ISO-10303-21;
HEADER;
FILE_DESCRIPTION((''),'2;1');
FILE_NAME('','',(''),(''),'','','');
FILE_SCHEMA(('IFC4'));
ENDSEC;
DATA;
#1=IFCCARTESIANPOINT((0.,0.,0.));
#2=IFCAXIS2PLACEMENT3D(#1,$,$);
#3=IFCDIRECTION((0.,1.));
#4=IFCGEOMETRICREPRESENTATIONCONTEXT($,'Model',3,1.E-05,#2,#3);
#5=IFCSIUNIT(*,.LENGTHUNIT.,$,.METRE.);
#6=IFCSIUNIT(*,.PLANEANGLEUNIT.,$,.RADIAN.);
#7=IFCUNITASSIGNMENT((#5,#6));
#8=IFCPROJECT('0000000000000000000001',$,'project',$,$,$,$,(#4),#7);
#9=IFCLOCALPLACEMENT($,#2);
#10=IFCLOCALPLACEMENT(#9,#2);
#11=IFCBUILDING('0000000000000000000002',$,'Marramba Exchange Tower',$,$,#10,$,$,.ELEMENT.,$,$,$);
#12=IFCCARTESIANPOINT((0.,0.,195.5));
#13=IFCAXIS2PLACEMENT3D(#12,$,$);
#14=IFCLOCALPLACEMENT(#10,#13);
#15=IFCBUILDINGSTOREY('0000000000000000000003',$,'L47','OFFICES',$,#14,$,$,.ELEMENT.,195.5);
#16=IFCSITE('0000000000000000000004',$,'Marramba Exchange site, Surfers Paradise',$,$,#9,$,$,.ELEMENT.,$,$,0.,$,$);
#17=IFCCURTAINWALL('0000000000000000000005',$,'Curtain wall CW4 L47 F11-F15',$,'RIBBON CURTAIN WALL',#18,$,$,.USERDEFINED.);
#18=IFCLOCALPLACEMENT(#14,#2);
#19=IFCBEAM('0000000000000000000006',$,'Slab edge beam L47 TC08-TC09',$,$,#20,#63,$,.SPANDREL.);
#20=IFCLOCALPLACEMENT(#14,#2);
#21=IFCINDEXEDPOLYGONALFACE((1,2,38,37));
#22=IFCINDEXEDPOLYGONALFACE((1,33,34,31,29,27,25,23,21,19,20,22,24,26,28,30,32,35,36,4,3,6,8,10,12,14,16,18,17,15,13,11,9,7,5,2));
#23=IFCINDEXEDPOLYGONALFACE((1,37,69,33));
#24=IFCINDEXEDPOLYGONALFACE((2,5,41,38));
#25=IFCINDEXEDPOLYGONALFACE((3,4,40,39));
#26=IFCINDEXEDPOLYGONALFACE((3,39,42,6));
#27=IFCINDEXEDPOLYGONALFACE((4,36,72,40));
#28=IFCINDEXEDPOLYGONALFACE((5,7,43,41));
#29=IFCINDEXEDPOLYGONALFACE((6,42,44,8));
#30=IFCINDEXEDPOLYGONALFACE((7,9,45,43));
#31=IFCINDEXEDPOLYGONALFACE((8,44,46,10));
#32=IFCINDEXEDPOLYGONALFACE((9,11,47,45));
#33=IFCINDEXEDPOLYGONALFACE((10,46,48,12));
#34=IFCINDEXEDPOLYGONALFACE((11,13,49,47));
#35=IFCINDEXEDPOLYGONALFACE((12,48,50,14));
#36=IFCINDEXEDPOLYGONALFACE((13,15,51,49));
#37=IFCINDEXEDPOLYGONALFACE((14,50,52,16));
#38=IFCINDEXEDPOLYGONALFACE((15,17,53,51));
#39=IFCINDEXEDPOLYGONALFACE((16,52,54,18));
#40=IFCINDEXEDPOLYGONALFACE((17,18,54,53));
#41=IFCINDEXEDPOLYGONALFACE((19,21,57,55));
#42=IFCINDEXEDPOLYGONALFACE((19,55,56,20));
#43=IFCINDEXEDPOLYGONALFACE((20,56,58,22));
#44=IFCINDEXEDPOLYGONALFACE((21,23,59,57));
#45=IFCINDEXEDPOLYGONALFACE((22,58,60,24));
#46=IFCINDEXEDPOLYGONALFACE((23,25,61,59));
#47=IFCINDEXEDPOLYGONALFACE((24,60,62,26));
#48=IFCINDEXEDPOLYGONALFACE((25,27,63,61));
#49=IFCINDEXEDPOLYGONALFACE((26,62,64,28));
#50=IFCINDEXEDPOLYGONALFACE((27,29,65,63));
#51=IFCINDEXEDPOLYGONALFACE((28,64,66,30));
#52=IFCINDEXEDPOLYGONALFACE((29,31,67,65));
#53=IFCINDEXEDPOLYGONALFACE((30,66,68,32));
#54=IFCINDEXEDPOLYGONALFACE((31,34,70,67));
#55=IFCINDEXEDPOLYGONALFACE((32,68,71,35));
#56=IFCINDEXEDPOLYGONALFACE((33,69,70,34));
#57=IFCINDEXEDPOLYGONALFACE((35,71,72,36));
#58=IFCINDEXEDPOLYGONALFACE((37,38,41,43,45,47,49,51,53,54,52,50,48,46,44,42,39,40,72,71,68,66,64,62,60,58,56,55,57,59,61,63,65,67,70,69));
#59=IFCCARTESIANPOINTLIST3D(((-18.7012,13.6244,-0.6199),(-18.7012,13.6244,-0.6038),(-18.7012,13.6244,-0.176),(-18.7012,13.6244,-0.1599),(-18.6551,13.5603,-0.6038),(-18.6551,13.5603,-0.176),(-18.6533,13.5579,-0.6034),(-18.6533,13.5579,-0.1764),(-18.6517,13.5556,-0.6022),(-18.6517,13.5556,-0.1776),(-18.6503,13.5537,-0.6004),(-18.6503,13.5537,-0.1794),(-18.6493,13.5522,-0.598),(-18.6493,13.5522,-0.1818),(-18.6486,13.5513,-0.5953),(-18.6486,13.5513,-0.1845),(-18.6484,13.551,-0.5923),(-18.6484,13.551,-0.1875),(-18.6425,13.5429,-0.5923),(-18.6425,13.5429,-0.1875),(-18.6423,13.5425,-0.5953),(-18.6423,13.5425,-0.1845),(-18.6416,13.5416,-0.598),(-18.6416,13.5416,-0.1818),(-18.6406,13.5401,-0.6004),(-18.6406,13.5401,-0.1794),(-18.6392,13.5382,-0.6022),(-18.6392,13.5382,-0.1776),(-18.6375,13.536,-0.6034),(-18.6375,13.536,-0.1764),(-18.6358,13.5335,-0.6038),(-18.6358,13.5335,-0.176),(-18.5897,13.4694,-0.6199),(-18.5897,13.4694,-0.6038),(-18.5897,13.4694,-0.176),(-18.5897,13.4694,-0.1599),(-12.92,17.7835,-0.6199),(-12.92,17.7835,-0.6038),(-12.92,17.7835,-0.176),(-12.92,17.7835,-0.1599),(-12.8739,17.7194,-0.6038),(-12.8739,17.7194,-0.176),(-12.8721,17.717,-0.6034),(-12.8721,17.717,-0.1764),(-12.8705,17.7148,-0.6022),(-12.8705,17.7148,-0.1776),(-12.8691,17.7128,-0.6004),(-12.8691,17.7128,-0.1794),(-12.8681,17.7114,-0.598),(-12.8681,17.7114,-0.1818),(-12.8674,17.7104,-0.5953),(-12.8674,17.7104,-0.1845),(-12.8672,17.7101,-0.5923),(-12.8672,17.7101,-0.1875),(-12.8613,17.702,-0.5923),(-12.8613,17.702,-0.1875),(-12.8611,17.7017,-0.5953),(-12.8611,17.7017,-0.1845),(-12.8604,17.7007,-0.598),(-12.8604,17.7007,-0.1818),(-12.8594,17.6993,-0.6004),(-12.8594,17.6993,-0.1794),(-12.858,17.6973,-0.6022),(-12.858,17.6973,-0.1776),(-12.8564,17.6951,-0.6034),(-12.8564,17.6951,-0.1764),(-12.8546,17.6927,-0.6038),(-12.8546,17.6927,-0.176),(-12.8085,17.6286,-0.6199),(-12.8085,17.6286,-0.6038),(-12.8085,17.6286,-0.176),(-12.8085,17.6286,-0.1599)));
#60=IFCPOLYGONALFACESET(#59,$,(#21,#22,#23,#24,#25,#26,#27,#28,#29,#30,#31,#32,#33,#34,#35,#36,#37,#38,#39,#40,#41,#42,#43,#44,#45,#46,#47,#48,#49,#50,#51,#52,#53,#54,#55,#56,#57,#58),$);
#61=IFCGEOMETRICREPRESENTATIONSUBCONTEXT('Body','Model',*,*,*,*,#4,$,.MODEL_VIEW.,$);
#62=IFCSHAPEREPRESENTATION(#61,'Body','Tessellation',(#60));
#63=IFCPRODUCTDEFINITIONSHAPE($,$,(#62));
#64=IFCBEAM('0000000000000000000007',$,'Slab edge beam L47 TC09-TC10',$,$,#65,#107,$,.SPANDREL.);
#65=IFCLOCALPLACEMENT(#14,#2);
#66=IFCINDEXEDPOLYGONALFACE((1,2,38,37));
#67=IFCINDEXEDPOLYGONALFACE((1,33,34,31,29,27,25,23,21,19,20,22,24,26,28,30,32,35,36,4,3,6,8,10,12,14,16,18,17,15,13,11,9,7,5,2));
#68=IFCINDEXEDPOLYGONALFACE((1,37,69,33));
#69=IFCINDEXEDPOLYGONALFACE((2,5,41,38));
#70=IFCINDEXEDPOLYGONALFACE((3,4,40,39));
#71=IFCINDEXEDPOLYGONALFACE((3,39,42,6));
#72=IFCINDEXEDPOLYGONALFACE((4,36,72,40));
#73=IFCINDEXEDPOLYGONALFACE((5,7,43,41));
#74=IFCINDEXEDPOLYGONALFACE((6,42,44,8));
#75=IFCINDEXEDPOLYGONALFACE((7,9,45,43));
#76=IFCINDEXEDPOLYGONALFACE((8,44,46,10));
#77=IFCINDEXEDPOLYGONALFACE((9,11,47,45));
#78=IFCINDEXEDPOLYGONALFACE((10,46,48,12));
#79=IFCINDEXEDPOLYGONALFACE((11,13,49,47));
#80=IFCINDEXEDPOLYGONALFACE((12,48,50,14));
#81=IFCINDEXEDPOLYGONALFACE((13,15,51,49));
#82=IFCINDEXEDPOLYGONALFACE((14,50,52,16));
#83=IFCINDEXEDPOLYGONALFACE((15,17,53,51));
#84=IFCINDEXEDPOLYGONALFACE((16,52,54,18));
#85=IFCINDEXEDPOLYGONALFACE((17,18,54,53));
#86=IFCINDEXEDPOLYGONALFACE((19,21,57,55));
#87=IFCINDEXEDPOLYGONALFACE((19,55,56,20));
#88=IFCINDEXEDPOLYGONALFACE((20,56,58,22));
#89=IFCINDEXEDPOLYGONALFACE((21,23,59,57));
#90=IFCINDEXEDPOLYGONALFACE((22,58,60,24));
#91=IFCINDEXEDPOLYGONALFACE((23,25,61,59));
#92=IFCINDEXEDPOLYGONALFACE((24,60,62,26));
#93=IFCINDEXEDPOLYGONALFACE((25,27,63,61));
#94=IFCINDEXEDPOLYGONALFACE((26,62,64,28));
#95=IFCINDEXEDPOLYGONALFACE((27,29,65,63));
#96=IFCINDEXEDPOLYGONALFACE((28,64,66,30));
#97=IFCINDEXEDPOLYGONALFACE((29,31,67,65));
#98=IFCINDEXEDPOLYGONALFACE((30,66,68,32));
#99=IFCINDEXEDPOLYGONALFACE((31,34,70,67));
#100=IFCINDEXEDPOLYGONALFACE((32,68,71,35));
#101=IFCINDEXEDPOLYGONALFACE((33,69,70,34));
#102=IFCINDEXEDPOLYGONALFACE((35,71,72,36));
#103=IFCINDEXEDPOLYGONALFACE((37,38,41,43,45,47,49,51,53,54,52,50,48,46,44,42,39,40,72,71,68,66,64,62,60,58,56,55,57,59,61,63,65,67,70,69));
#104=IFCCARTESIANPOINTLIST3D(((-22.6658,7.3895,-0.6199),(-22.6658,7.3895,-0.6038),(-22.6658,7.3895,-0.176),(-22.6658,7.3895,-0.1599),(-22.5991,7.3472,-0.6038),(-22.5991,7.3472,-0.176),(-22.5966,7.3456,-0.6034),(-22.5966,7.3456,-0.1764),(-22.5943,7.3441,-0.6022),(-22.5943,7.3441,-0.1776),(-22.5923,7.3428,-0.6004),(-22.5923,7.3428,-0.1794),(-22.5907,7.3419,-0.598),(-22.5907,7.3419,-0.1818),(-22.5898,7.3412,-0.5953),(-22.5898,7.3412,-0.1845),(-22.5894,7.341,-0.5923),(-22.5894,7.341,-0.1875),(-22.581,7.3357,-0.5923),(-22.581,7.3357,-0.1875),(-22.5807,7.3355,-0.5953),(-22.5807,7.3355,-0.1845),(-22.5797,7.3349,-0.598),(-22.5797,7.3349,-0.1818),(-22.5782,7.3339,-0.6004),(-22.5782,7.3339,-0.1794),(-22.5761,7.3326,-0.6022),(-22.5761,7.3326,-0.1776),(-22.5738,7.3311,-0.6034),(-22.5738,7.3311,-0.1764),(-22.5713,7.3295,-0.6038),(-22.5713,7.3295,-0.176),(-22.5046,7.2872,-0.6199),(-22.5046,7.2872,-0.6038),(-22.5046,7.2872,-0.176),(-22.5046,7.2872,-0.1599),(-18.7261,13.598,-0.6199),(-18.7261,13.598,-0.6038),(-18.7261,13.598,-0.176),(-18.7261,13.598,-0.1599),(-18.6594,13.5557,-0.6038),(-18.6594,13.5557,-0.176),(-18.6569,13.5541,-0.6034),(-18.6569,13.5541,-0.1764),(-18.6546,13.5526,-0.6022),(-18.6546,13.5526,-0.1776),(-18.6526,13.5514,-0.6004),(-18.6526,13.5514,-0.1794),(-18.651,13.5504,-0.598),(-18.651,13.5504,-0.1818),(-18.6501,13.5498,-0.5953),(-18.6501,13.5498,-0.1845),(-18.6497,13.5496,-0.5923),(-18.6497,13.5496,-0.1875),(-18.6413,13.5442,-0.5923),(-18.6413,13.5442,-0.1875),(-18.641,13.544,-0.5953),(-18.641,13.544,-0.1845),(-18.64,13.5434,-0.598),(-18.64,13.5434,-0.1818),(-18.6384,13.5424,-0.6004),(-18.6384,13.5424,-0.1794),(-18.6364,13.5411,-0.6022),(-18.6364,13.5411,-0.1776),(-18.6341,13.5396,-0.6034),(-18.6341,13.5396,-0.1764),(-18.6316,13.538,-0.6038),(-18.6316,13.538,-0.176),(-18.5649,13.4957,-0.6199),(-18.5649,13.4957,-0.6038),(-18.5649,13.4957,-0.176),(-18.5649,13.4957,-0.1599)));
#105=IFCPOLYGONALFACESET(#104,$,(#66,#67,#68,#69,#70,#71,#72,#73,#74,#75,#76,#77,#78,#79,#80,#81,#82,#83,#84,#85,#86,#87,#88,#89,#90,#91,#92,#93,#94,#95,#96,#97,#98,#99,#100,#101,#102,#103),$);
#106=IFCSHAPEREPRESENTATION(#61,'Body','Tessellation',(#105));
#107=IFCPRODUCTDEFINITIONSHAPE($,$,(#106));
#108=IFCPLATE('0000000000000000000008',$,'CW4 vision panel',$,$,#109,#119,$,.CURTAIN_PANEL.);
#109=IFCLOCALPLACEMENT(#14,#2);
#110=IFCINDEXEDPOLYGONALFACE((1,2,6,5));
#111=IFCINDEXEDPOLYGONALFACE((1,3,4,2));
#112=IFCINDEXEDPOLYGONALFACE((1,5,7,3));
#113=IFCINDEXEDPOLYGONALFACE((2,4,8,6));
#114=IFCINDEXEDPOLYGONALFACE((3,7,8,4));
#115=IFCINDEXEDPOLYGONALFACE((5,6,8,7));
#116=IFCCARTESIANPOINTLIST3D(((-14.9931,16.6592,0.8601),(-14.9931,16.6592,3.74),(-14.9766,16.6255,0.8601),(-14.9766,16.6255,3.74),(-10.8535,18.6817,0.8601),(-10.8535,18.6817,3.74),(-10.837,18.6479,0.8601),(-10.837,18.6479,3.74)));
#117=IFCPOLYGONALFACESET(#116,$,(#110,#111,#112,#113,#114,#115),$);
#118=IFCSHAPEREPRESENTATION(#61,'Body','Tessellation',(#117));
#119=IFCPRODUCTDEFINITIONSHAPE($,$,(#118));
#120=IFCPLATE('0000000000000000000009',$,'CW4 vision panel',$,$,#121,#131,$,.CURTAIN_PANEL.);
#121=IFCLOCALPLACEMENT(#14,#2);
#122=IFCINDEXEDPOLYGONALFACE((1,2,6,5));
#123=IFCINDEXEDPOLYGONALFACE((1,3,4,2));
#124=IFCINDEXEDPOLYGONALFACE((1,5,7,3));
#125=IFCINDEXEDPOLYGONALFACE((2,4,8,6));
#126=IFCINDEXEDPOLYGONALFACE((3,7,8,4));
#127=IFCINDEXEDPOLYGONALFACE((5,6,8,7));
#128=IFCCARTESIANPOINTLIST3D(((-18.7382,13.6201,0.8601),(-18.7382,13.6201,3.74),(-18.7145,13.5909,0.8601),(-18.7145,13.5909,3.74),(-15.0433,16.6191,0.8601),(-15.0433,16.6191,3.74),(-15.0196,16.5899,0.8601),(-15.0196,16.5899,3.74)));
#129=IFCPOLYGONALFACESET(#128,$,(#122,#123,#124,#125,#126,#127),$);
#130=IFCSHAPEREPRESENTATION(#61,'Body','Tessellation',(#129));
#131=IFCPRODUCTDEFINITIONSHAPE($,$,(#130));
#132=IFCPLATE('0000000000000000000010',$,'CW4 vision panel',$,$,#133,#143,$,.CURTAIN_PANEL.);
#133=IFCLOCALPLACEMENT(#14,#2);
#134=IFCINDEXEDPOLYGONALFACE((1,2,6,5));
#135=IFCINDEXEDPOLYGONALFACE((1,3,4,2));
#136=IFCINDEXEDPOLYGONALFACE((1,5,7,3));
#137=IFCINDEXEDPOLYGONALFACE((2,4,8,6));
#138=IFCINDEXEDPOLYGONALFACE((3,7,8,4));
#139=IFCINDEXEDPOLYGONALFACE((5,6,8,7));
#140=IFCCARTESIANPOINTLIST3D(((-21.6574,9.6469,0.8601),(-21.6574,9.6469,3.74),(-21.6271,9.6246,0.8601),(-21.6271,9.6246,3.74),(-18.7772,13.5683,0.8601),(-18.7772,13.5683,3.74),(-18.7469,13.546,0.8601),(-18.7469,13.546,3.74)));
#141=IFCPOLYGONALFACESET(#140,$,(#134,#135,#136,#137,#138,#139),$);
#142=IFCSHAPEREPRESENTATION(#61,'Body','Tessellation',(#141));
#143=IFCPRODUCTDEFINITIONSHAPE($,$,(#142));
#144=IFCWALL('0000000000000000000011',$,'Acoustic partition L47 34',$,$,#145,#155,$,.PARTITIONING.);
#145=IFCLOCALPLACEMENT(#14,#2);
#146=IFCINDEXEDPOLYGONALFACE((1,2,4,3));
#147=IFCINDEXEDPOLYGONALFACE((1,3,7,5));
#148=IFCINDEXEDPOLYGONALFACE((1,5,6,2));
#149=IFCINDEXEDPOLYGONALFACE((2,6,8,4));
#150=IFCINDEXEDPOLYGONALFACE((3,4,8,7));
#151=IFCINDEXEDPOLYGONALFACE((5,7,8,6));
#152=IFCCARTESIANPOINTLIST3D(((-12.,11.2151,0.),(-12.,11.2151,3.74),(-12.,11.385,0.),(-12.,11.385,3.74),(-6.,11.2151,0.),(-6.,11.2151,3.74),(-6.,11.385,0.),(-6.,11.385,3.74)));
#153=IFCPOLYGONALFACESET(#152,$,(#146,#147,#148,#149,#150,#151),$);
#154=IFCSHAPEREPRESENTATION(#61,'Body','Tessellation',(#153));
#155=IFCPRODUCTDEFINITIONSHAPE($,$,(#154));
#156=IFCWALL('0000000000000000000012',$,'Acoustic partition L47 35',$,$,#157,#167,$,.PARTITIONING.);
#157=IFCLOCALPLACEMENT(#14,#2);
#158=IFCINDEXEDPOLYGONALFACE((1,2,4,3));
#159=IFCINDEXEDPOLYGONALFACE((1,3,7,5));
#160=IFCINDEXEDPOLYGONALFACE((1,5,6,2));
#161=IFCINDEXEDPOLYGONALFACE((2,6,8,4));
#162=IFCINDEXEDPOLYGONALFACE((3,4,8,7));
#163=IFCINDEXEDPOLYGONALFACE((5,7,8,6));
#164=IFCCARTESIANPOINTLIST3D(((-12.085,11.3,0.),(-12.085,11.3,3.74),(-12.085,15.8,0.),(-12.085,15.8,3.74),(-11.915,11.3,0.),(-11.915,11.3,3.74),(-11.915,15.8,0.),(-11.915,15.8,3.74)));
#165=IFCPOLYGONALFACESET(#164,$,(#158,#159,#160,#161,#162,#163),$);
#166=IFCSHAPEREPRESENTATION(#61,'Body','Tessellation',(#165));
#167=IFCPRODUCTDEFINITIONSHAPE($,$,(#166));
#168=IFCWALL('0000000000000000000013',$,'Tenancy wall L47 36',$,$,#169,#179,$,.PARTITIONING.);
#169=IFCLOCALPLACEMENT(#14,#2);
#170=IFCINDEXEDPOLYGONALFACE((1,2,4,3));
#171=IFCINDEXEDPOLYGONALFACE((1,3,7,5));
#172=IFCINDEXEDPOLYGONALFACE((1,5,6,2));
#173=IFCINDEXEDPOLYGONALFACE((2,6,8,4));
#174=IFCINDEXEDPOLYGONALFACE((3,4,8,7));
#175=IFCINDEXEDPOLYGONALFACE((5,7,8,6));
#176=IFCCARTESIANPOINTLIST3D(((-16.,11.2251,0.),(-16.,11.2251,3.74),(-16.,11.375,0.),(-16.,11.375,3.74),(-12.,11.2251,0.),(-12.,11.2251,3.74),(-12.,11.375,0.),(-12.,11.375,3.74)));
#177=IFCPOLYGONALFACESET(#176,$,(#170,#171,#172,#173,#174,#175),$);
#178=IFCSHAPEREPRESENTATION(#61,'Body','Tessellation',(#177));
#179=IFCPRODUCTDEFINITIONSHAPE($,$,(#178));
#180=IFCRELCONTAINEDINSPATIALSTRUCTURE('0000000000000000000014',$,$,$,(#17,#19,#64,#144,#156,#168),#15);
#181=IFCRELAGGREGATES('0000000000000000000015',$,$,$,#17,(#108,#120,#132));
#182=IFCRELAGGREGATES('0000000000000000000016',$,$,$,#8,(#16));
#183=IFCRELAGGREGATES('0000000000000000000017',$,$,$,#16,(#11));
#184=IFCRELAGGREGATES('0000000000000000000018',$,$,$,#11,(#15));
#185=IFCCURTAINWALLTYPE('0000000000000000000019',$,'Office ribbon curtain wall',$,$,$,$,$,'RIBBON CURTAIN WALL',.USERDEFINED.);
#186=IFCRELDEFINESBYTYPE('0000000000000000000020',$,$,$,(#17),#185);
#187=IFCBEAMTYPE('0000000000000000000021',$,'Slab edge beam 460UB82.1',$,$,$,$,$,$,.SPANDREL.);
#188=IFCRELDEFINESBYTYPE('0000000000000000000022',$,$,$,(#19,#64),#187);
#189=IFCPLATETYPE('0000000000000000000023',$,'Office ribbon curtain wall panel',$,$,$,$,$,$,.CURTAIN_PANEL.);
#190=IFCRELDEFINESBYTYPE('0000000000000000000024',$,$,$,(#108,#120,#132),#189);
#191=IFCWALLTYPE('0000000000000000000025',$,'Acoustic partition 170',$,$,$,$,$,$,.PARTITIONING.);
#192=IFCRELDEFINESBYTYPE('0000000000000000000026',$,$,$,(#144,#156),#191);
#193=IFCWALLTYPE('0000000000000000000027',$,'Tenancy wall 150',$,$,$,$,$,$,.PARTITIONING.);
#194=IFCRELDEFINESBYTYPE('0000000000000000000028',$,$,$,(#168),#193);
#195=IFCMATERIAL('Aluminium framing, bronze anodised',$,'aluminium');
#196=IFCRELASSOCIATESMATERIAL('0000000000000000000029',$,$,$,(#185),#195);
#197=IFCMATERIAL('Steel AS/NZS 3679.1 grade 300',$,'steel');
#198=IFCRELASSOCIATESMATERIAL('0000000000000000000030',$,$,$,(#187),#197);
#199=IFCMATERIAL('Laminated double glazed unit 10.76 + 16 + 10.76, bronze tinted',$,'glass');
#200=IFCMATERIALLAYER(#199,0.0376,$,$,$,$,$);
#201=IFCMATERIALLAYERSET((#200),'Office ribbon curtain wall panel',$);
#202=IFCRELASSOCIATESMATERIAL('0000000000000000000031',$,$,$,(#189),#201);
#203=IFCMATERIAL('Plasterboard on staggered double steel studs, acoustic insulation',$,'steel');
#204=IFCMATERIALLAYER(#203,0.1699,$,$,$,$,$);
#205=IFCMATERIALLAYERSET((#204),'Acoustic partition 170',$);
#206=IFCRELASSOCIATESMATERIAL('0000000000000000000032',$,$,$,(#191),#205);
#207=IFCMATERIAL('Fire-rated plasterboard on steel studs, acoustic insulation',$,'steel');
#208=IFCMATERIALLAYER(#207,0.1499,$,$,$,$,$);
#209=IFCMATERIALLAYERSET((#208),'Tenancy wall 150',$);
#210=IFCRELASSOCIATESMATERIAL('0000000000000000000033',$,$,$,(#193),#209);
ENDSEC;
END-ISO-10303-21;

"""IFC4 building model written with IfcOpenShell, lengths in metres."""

from ifc_helpers import new_model, si_unit, direction, frame, frame_2d, origin, origin_2d, place, context, subcontext, project, spatial, rectangle, i_section, extrude, material, layer, layer_set, material_profile, profile_set, type_object, element, aggregate, save


model = new_model("IFC4")

# Units and contexts
model_context = context("Model", 3, precision=1e-05, world=origin(), true_north=direction((0.0, 1.0)))
body_context = subcontext(model_context, "Body", "Model", "MODEL_VIEW")
ifc_project = project(units=[si_unit("LENGTHUNIT", "METRE"), si_unit("PLANEANGLEUNIT", "RADIAN")], contexts=[model_context])

# Site, building, storey
site_placement = place(None, origin())
site = spatial("IfcSite", under=ifc_project, at=site_placement, Name="Marramba Exchange site, Surfers Paradise", CompositionType="ELEMENT", RefElevation=0.0)
building_placement = place(site_placement, origin())
building = spatial("IfcBuilding", under=site, at=building_placement, Name="Marramba Exchange Tower", CompositionType="ELEMENT")
storey_placement = place(building_placement, frame((0.0, 0.0, 195.5)))
storey = spatial("IfcBuildingStorey", under=building, at=storey_placement, Name="L47", Description="OFFICES", CompositionType="ELEMENT", Elevation=195.5)

# Shared definitions
ifc_material_1 = material(Name="Steel AS/NZS 3679.1 grade 300", Category="steel")

# Curtain wall
ifc_material_2 = material(Name="Aluminium framing, bronze anodised", Category="aluminium")
curtain_wall_type = type_object("IfcCurtainWallType", Name="Office ribbon curtain wall", ElementType="RIBBON CURTAIN WALL", PredefinedType="USERDEFINED", material=ifc_material_2)
curtain_wall_placement = place(storey_placement, origin())
curtain_wall = element("IfcCurtainWall", 1, at=curtain_wall_placement, inside=storey, type_object=curtain_wall_type, Name="Curtain wall CW4 L47 F11-F15", ObjectType="RIBBON CURTAIN WALL", PredefinedType="USERDEFINED")

# Beams
ifc_material_profile_1 = material_profile(ifc_material_1, i_section(OverallWidth=0.1909, OverallDepth=0.46, WebThickness=0.01, FlangeThickness=0.0161, FilletRadius=0.0115, at=origin_2d()), Name="460UB82.1")
ifc_profile_set_1 = profile_set([ifc_material_profile_1], Name="Steel AS/NZS 3679.1 grade 300")
beam_type_1 = type_object("IfcBeamType", Name="Slab edge beam 460UB82.1", PredefinedType="SPANDREL", material=ifc_profile_set_1)
beam_1_placement = place(storey_placement, frame((-12.8643, 17.7061, -0.3899), z_axis=(-0.811755, -0.583998, 0.0), x_axis=(0.583998, -0.811755, 0.0)))
element("IfcBeam", 2, at=beam_1_placement, inside=storey, type_object=beam_type_1, Name="Slab edge beam L47 TC08-TC09", PredefinedType="SPANDREL", context=body_context, shape_type="SweptSolid", body=[
    extrude(i_section(OverallWidth=0.1909, OverallDepth=0.46, WebThickness=0.01, FlangeThickness=0.0161, FilletRadius=0.0115, at=origin_2d()), origin(), (0.0, 0.0, 1.0), 7.1218),
])
beam_2_placement = place(storey_placement, frame((-18.6455, 13.5469, -0.3899), z_axis=(-0.535794, -0.844348, 0.0), x_axis=(0.844348, -0.535794, 0.0)))
element("IfcBeam", 3, at=beam_2_placement, inside=storey, type_object=beam_type_1, Name="Slab edge beam L47 TC09-TC10", PredefinedType="SPANDREL", context=body_context, shape_type="SweptSolid", body=[
    extrude(i_section(OverallWidth=0.1909, OverallDepth=0.46, WebThickness=0.01, FlangeThickness=0.0161, FilletRadius=0.0115, at=origin_2d()), origin(), (0.0, 0.0, 1.0), 7.353),
])

# Plates
ifc_material_3 = material(Name="Laminated double glazed unit 10.76 + 16 + 10.76, bronze tinted", Category="glass")
ifc_layer_1 = layer(ifc_material_3, 0.0376)
ifc_layer_set_1 = layer_set([ifc_layer_1], Name="Office ribbon curtain wall panel")
plate_type = type_object("IfcPlateType", Name="Office ribbon curtain wall panel", PredefinedType="CURTAIN_PANEL", material=ifc_layer_set_1)
plate_1_placement = place(storey_placement, frame((-12.915, 17.6536, 0.8601), z_axis=(0.0, 0.0, 1.0), x_axis=(-0.898501, -0.438972, 0.0)))
plate_1 = element("IfcPlate", 4, at=plate_1_placement, type_object=plate_type, Name="CW4 vision panel", PredefinedType="CURTAIN_PANEL", context=body_context, shape_type="SweptSolid", body=[
    extrude(rectangle(XDim=4.6072, YDim=0.0376, at=origin_2d()), origin(), (0.0, 0.0, 1.0), 2.8799),
])
plate_2_placement = place(storey_placement, frame((-16.8789, 15.105, 0.8601), z_axis=(0.0, 0.0, 1.0), x_axis=(-0.776432, -0.630201, 0.0)))
plate_2 = element("IfcPlate", 5, at=plate_2_placement, type_object=plate_type, Name="CW4 vision panel", PredefinedType="CURTAIN_PANEL", context=body_context, shape_type="SweptSolid", body=[
    extrude(rectangle(XDim=4.7588, YDim=0.0376, at=origin_2d()), origin(), (0.0, 0.0, 1.0), 2.8799),
])
plate_3_placement = place(storey_placement, frame((-20.2021, 11.5964, 0.8601), z_axis=(0.0, 0.0, 1.0), x_axis=(-0.591963, -0.805965, 0.0)))
plate_3 = element("IfcPlate", 6, at=plate_3_placement, type_object=plate_type, Name="CW4 vision panel", PredefinedType="CURTAIN_PANEL", context=body_context, shape_type="SweptSolid", body=[
    extrude(rectangle(XDim=4.8655, YDim=0.0376, at=origin_2d()), origin(), (0.0, 0.0, 1.0), 2.8799),
])
aggregate(curtain_wall, [plate_1, plate_2, plate_3])

# Walls
ifc_material_4 = material(Name="Plasterboard on staggered double steel studs, acoustic insulation", Category="steel")
ifc_layer_2 = layer(ifc_material_4, 0.1699)
ifc_layer_set_2 = layer_set([ifc_layer_2], Name="Acoustic partition 170")
wall_type_1 = type_object("IfcWallType", Name="Acoustic partition 170", PredefinedType="PARTITIONING", material=ifc_layer_set_2)
wall_1_placement = place(storey_placement, frame((-12.0, 11.3, 0.0), z_axis=(0.0, 0.0, 1.0), x_axis=(1.0, 0.0, 0.0)))
element("IfcWall", 7, at=wall_1_placement, inside=storey, type_object=wall_type_1, Name="Acoustic partition L47 34", PredefinedType="PARTITIONING", context=body_context, shape_type="SweptSolid", body=[
    extrude(rectangle(XDim=6.0, YDim=0.1699, at=frame_2d((3.0, 0.0))), origin(), (0.0, 0.0, 1.0), 3.74),
])
wall_2_placement = place(storey_placement, frame((-12.0, 15.8, 0.0), z_axis=(0.0, 0.0, 1.0), x_axis=(0.0, -1.0, 0.0)))
element("IfcWall", 8, at=wall_2_placement, inside=storey, type_object=wall_type_1, Name="Acoustic partition L47 35", PredefinedType="PARTITIONING", context=body_context, shape_type="SweptSolid", body=[
    extrude(rectangle(XDim=4.5, YDim=0.1699, at=frame_2d((2.25, 0.0))), origin(), (0.0, 0.0, 1.0), 3.74),
])
ifc_material_5 = material(Name="Fire-rated plasterboard on steel studs, acoustic insulation", Category="steel")
ifc_layer_3 = layer(ifc_material_5, 0.1499)
ifc_layer_set_3 = layer_set([ifc_layer_3], Name="Tenancy wall 150")
wall_type_2 = type_object("IfcWallType", Name="Tenancy wall 150", PredefinedType="PARTITIONING", material=ifc_layer_set_3)
wall_3_placement = place(storey_placement, frame((-12.0, 11.3, 0.0), z_axis=(0.0, 0.0, 1.0), x_axis=(-1.0, 0.0, 0.0)))
element("IfcWall", 9, at=wall_3_placement, inside=storey, type_object=wall_type_2, Name="Tenancy wall L47 36", PredefinedType="PARTITIONING", context=body_context, shape_type="SweptSolid", body=[
    extrude(rectangle(XDim=4.0, YDim=0.1499, at=frame_2d((2.0, 0.0))), origin(), (0.0, 0.0, 1.0), 3.74),
])

save(model, "model.ifc")
